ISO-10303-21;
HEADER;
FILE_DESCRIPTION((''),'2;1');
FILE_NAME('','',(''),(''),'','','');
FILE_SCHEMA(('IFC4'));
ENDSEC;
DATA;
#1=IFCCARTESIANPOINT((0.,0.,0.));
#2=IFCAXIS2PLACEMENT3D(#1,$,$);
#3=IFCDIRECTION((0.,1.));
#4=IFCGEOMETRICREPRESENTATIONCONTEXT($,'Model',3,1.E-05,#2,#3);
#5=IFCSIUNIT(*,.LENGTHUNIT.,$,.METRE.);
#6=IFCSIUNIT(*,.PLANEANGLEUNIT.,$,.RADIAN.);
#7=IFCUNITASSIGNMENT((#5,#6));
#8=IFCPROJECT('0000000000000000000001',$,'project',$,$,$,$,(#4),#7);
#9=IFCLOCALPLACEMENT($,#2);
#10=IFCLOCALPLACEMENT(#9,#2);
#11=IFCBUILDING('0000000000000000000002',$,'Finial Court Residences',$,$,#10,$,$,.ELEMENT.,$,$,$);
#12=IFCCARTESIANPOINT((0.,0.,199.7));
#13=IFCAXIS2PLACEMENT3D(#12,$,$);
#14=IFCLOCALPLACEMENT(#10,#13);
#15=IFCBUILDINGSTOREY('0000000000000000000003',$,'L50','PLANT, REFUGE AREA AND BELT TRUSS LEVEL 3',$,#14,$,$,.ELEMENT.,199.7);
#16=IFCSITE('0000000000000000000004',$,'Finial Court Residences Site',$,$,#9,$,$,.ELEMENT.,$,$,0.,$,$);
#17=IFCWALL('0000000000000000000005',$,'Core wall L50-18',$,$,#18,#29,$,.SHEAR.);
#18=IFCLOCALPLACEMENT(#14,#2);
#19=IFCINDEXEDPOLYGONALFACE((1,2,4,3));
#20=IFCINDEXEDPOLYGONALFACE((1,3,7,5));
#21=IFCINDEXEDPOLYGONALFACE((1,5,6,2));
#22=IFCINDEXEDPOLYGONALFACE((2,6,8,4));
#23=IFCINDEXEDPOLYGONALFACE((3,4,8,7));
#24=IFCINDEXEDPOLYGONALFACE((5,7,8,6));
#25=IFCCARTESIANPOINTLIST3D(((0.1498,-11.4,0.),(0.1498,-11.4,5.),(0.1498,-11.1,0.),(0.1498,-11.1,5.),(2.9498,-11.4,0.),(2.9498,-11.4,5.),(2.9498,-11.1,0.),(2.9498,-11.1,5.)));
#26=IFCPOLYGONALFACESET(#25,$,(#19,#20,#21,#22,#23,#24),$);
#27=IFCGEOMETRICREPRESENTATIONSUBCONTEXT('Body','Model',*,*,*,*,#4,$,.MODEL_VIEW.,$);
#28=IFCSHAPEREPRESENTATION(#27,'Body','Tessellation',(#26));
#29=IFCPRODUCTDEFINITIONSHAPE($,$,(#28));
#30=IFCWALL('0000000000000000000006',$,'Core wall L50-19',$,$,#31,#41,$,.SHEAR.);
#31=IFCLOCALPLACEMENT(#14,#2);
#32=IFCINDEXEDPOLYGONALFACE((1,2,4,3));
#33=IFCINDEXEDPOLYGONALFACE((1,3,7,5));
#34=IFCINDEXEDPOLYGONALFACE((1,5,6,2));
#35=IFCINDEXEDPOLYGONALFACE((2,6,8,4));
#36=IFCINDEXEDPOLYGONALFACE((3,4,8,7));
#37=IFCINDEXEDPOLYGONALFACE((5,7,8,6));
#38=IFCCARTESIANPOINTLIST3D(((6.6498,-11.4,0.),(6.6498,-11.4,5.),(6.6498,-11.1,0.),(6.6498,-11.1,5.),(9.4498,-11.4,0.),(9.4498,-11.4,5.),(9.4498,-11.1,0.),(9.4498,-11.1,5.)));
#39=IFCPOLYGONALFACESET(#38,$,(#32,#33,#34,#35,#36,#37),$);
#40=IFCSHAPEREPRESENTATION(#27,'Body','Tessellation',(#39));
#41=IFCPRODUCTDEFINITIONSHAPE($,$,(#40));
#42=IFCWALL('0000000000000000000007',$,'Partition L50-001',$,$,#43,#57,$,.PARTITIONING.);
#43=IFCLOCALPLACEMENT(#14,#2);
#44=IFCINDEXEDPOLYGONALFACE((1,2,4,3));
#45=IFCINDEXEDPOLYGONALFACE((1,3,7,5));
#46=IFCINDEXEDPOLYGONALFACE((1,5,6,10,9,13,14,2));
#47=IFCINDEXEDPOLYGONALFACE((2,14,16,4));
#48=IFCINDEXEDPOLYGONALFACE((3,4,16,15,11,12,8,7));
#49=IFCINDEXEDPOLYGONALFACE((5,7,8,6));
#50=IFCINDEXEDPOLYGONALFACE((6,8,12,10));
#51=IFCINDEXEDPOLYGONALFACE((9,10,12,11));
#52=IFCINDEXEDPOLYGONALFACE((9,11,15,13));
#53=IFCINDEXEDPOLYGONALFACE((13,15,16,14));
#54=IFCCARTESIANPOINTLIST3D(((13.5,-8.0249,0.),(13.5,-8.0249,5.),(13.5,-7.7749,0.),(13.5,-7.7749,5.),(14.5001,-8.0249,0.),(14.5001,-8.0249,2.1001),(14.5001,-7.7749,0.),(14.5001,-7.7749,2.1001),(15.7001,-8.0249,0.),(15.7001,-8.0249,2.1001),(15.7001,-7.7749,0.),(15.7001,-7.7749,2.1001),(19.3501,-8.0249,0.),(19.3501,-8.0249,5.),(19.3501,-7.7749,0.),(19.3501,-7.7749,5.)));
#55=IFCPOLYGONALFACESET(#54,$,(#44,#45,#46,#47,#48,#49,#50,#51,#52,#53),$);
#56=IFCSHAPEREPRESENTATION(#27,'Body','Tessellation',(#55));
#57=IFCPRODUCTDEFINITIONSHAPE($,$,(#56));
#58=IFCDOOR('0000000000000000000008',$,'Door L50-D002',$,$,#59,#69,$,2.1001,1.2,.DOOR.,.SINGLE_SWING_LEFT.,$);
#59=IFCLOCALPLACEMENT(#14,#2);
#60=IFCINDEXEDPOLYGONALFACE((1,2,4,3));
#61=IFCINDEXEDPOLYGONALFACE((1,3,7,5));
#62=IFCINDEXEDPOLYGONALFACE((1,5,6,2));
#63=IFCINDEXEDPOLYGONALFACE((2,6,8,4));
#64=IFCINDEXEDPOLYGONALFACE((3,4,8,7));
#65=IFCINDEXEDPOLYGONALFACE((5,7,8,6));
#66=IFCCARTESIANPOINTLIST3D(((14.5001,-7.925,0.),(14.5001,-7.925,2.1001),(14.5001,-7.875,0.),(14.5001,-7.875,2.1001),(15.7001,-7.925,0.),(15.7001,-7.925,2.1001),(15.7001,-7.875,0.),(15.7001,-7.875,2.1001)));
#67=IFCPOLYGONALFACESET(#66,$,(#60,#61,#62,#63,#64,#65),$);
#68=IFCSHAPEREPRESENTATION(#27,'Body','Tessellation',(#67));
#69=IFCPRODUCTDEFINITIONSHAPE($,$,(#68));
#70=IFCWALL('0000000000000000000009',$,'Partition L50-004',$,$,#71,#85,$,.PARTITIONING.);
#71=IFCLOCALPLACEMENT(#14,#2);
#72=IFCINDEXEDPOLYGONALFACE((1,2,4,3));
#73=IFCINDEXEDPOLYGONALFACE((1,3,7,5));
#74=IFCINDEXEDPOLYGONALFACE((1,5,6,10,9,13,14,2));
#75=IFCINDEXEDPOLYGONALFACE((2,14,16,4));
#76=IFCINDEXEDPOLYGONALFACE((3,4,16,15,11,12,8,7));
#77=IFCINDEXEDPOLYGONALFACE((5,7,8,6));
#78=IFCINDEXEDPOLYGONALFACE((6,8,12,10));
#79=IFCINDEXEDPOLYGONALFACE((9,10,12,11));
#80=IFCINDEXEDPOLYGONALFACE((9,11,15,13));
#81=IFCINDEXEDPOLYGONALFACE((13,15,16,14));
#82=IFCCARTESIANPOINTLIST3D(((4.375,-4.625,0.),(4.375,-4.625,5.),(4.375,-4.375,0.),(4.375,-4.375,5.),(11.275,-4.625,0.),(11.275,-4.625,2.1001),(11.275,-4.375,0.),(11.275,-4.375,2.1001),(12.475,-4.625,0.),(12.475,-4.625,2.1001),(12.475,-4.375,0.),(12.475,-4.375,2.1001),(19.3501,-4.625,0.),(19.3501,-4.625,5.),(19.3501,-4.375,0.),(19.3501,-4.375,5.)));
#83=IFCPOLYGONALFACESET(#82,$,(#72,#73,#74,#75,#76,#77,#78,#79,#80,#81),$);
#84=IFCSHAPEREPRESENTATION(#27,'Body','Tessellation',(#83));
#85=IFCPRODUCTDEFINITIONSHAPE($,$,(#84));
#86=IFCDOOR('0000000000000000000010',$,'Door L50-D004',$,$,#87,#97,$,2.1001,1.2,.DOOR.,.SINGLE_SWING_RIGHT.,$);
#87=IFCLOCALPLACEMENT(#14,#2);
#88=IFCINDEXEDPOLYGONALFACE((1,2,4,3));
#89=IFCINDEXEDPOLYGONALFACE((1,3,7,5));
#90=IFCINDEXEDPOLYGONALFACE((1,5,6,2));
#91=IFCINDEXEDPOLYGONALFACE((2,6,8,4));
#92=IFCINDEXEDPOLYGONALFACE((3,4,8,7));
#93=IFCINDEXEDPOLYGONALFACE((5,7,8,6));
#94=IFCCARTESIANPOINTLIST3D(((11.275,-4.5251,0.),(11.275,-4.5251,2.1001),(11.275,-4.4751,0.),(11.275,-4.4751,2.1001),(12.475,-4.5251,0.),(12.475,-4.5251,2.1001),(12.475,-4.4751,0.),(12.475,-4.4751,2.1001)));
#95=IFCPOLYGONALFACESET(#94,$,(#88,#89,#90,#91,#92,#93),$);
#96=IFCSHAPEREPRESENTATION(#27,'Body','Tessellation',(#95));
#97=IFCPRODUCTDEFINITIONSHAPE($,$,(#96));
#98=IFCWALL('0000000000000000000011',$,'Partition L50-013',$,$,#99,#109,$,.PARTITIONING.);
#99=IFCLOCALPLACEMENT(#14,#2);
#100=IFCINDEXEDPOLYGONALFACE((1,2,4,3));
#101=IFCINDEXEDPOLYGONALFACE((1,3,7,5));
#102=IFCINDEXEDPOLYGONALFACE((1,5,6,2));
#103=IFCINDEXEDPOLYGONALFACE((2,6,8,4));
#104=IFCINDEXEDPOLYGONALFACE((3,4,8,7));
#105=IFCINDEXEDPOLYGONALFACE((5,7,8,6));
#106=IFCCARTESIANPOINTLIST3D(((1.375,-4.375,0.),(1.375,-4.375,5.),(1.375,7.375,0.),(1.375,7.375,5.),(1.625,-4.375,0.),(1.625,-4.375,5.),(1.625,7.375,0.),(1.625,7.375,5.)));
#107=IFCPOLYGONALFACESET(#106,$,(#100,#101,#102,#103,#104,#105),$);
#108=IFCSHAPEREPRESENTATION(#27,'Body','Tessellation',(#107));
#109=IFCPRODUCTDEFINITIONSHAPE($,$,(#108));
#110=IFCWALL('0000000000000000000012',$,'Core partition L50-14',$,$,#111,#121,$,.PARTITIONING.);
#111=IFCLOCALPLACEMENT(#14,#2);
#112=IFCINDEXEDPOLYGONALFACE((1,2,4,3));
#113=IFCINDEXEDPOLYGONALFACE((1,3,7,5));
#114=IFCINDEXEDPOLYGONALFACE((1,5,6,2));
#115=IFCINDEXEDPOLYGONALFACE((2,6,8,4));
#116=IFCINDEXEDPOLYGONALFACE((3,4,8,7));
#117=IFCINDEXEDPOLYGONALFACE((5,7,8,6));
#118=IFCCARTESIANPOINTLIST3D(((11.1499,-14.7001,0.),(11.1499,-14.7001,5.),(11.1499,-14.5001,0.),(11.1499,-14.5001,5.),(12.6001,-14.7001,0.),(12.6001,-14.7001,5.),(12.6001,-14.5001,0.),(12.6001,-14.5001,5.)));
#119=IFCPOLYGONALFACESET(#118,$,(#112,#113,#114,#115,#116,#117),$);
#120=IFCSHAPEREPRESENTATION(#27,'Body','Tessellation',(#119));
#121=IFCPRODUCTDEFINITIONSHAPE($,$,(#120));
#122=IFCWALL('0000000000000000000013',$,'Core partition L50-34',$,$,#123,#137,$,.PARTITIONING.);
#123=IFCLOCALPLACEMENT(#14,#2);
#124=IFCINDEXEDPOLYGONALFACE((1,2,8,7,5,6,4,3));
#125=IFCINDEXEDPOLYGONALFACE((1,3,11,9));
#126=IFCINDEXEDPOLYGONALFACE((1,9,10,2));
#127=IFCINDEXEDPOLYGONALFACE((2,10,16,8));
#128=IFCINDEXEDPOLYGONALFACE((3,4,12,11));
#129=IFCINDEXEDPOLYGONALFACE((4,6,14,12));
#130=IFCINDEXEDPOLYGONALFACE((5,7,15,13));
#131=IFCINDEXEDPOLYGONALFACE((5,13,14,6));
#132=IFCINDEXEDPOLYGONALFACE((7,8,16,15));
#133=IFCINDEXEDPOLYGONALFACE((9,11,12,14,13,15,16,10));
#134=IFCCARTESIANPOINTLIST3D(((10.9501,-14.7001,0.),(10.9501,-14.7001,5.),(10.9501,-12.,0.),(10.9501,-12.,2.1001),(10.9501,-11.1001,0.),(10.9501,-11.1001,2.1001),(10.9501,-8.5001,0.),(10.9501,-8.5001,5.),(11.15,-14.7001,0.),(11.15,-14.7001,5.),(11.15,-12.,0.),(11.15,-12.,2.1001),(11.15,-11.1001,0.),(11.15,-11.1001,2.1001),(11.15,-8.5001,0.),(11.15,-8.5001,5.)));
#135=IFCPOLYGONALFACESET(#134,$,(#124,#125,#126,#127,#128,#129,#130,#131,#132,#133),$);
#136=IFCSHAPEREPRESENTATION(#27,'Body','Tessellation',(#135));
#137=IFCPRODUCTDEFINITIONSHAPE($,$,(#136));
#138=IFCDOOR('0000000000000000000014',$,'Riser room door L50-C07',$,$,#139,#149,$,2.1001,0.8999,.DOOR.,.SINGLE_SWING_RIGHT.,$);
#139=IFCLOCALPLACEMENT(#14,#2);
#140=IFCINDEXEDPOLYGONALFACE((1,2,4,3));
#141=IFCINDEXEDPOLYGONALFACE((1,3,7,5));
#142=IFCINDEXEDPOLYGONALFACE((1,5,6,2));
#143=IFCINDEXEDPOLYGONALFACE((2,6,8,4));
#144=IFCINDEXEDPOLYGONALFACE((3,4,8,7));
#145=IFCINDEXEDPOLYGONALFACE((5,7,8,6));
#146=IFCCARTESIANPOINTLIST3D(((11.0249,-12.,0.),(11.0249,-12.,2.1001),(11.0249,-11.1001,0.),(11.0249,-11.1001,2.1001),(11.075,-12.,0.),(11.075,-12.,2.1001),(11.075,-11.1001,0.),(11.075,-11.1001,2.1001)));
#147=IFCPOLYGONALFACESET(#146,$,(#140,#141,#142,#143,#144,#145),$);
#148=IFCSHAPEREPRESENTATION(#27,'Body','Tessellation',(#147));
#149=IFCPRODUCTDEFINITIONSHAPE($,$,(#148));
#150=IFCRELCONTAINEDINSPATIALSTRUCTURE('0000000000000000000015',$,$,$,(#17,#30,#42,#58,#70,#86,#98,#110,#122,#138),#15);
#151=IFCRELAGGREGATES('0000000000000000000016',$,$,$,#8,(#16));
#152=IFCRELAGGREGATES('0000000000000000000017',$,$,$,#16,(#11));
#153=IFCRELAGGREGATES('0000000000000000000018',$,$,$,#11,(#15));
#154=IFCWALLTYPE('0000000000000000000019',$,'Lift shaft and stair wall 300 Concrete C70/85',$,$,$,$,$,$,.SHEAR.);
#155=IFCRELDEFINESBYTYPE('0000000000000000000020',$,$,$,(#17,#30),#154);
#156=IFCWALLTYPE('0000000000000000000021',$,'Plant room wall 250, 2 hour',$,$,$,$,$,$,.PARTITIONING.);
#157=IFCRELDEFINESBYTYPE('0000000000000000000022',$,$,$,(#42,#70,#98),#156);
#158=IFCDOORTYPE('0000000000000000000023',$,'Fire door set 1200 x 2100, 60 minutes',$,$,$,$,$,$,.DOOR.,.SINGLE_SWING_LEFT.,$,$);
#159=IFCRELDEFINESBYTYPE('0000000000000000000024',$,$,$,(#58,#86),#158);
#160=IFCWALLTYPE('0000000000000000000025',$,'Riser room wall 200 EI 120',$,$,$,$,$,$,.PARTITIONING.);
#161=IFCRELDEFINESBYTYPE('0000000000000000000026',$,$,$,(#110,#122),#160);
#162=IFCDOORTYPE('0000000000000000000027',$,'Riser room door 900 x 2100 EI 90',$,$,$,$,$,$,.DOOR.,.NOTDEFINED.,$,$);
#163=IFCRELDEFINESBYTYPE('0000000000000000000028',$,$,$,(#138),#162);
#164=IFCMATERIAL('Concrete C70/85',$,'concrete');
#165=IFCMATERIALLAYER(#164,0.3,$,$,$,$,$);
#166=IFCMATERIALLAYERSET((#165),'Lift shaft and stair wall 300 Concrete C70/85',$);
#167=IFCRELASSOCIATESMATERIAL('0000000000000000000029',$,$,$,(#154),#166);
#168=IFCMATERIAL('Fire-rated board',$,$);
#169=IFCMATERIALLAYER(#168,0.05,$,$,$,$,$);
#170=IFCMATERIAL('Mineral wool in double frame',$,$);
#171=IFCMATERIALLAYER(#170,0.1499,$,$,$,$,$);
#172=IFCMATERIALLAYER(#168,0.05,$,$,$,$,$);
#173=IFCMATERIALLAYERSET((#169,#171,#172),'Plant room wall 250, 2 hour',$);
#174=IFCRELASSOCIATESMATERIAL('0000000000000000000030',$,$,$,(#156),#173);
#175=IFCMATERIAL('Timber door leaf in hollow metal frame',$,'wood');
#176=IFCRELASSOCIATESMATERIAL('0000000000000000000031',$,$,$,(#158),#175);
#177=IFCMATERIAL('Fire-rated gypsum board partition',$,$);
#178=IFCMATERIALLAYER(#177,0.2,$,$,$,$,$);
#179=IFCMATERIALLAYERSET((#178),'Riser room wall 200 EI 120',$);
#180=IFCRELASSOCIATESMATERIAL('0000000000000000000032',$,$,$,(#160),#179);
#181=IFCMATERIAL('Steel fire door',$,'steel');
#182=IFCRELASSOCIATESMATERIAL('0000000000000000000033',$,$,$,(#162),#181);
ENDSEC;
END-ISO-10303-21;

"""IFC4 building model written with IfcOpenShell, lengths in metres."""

from ifc_helpers import new_model, si_unit, direction, frame, frame_2d, origin, place, context, subcontext, project, spatial, rectangle, extrude, material, layer, layer_set, type_object, element, fill, save


model = new_model("IFC4")

# Units and contexts
model_context = context("Model", 3, precision=1e-05, world=origin(), true_north=direction((0.0, 1.0)))
body_context = subcontext(model_context, "Body", "Model", "MODEL_VIEW")
ifc_project = project(units=[si_unit("LENGTHUNIT", "METRE"), si_unit("PLANEANGLEUNIT", "RADIAN")], contexts=[model_context])

# Site, building, storey
site_placement = place(None, origin())
site = spatial("IfcSite", under=ifc_project, at=site_placement, Name="Finial Court Residences Site", CompositionType="ELEMENT", RefElevation=0.0)
building_placement = place(site_placement, origin())
building = spatial("IfcBuilding", under=site, at=building_placement, Name="Finial Court Residences", CompositionType="ELEMENT")
storey_placement = place(building_placement, frame((0.0, 0.0, 199.7)))
storey = spatial("IfcBuildingStorey", under=building, at=storey_placement, Name="L50", Description="PLANT, REFUGE AREA AND BELT TRUSS LEVEL 3", CompositionType="ELEMENT", Elevation=199.7)

# Walls
ifc_material_1 = material(Name="Concrete C70/85", Category="concrete")
ifc_layer_1 = layer(ifc_material_1, 0.3)
ifc_layer_set_1 = layer_set([ifc_layer_1], Name="Lift shaft and stair wall 300 Concrete C70/85")
wall_type_1 = type_object("IfcWallType", Name="Lift shaft and stair wall 300 Concrete C70/85", PredefinedType="SHEAR", material=ifc_layer_set_1)
for number, where, z_axis, x_axis, name in (
    (1, (0.1499, -11.25, 0.0), (0.0, 0.0, 1.0), (1.0, 0.0, 0.0), "Core wall L50-18"),
    (2, (6.6499, -11.25, 0.0), (0.0, 0.0, 1.0), (1.0, 0.0, 0.0), "Core wall L50-19"),
):
    element("IfcWall", number, at=place(storey_placement, frame(where, z_axis=z_axis, x_axis=x_axis)), inside=storey, type_object=wall_type_1, Name=name, PredefinedType="SHEAR", context=body_context, shape_type="SweptSolid", body=[
        extrude(rectangle(XDim=2.8, YDim=0.3, at=frame_2d((1.3999, 0.0))), origin(), (0.0, 0.0, 1.0), 5.0),
    ])

# Walls, openings, doors
ifc_material_2 = material(Name="Fire-rated board")
ifc_layer_2 = layer(ifc_material_2, 0.05)
ifc_material_3 = material(Name="Mineral wool in double frame")
ifc_layer_3 = layer(ifc_material_3, 0.1499)
ifc_layer_4 = layer(ifc_material_2, 0.05)
ifc_layer_set_2 = layer_set([ifc_layer_2, ifc_layer_3, ifc_layer_4], Name="Plant room wall 250, 2 hour")
wall_type_2 = type_object("IfcWallType", Name="Plant room wall 250, 2 hour", PredefinedType="PARTITIONING", material=ifc_layer_set_2)
wall_1_placement = place(storey_placement, frame((13.5, -7.8999, 0.0), z_axis=(0.0, 0.0, 1.0), x_axis=(1.0, 0.0, 0.0)))
wall_1 = element("IfcWall", 3, at=wall_1_placement, inside=storey, type_object=wall_type_2, Name="Partition L50-001", PredefinedType="PARTITIONING", context=body_context, shape_type="SweptSolid", body=[
    extrude(rectangle(XDim=5.8501, YDim=0.25, at=frame_2d((2.925, 0.0))), origin(), (0.0, 0.0, 1.0), 5.0),
])
opening_1_placement = place(wall_1_placement, frame((1.0, 0.0, 0.0)))
opening_1 = element("IfcOpeningElement", 4, at=opening_1_placement, cuts=wall_1, PredefinedType="OPENING", context=body_context, shape_type="SweptSolid", body=[
    extrude(rectangle(XDim=1.2, YDim=2.1001, at=frame_2d((0.6001, 1.05))), frame((0.0, 0.135, 0.0), z_axis=(0.0, -1.0, 0.0), x_axis=(1.0, 0.0, 0.0)), (0.0, 0.0, 1.0), 0.27),
])
ifc_material_4 = material(Name="Timber door leaf in hollow metal frame", Category="wood")
door_type_1 = type_object("IfcDoorType", Name="Fire door set 1200 x 2100, 60 minutes", OperationType="SINGLE_SWING_LEFT", PredefinedType="DOOR", material=ifc_material_4)
door_1_placement = place(opening_1_placement, origin())
door_1 = element("IfcDoor", 5, at=door_1_placement, inside=storey, type_object=door_type_1, Name="Door L50-D002", OperationType="SINGLE_SWING_LEFT", OverallHeight=2.1001, OverallWidth=1.2, PredefinedType="DOOR", context=body_context, shape_type="SweptSolid", body=[
    extrude(rectangle(XDim=1.2, YDim=2.1001, at=frame_2d((0.6001, 1.05))), frame((0.0, 0.0249, 0.0), z_axis=(0.0, -1.0, 0.0), x_axis=(1.0, 0.0, 0.0)), (0.0, 0.0, 1.0), 0.05),
])
fill(opening_1, door_1)
wall_2_placement = place(storey_placement, frame((4.375, -4.5, 0.0), z_axis=(0.0, 0.0, 1.0), x_axis=(1.0, 0.0, 0.0)))
wall_2 = element("IfcWall", 6, at=wall_2_placement, inside=storey, type_object=wall_type_2, Name="Partition L50-004", PredefinedType="PARTITIONING", context=body_context, shape_type="SweptSolid", body=[
    extrude(rectangle(XDim=14.9751, YDim=0.25, at=frame_2d((7.4875, 0.0))), origin(), (0.0, 0.0, 1.0), 5.0),
])
opening_2_placement = place(wall_2_placement, frame((6.8999, 0.0, 0.0)))
opening_2 = element("IfcOpeningElement", 7, at=opening_2_placement, cuts=wall_2, PredefinedType="OPENING", context=body_context, shape_type="SweptSolid", body=[
    extrude(rectangle(XDim=1.2, YDim=2.1001, at=frame_2d((0.6001, 1.05))), frame((0.0, 0.135, 0.0), z_axis=(0.0, -1.0, 0.0), x_axis=(1.0, 0.0, 0.0)), (0.0, 0.0, 1.0), 0.27),
])
door_2_placement = place(opening_2_placement, origin())
door_2 = element("IfcDoor", 8, at=door_2_placement, inside=storey, type_object=door_type_1, Name="Door L50-D004", OperationType="SINGLE_SWING_RIGHT", OverallHeight=2.1001, OverallWidth=1.2, PredefinedType="DOOR", context=body_context, shape_type="SweptSolid", body=[
    extrude(rectangle(XDim=1.2, YDim=2.1001, at=frame_2d((0.6001, 1.05))), frame((0.0, 0.0249, 0.0), z_axis=(0.0, -1.0, 0.0), x_axis=(1.0, 0.0, 0.0)), (0.0, 0.0, 1.0), 0.05),
])
fill(opening_2, door_2)

# Walls
wall_3_placement = place(storey_placement, frame((1.5, -4.375, 0.0), z_axis=(0.0, 0.0, 1.0), x_axis=(0.0, 1.0, 0.0)))
element("IfcWall", 9, at=wall_3_placement, inside=storey, type_object=wall_type_2, Name="Partition L50-013", PredefinedType="PARTITIONING", context=body_context, shape_type="SweptSolid", body=[
    extrude(rectangle(XDim=11.75, YDim=0.25, at=frame_2d((5.875, 0.0))), origin(), (0.0, 0.0, 1.0), 5.0),
])
ifc_material_5 = material(Name="Fire-rated gypsum board partition")
ifc_layer_5 = layer(ifc_material_5, 0.2)
ifc_layer_set_3 = layer_set([ifc_layer_5], Name="Riser room wall 200 EI 120")
wall_type_3 = type_object("IfcWallType", Name="Riser room wall 200 EI 120", PredefinedType="PARTITIONING", material=ifc_layer_set_3)
wall_4_placement = place(storey_placement, frame((11.1499, -14.6001, 0.0), z_axis=(0.0, 0.0, 1.0), x_axis=(1.0, 0.0, 0.0)))
element("IfcWall", 10, at=wall_4_placement, inside=storey, type_object=wall_type_3, Name="Core partition L50-14", PredefinedType="PARTITIONING", context=body_context, shape_type="SweptSolid", body=[
    extrude(rectangle(XDim=1.4502, YDim=0.2, at=frame_2d((0.7251, 0.0))), origin(), (0.0, 0.0, 1.0), 5.0),
])

# Wall, opening, door
wall_5_placement = place(storey_placement, frame((11.05, -8.5, 0.0), z_axis=(0.0, 0.0, 1.0), x_axis=(0.0, -1.0, 0.0)))
wall_5 = element("IfcWall", 11, at=wall_5_placement, inside=storey, type_object=wall_type_3, Name="Core partition L50-34", PredefinedType="PARTITIONING", context=body_context, shape_type="SweptSolid", body=[
    extrude(rectangle(XDim=6.2, YDim=0.2, at=frame_2d((3.1001, 0.0))), origin(), (0.0, 0.0, 1.0), 5.0),
])
opening_3_placement = place(wall_5_placement, frame((2.6001, 0.0, 0.0)))
opening_3 = element("IfcOpeningElement", 12, at=opening_3_placement, cuts=wall_5, PredefinedType="OPENING", context=body_context, shape_type="SweptSolid", body=[
    extrude(rectangle(XDim=0.8999, YDim=2.1001, at=frame_2d((0.45, 1.05))), frame((0.0, 0.1099, 0.0), z_axis=(0.0, -1.0, 0.0), x_axis=(1.0, 0.0, 0.0)), (0.0, 0.0, 1.0), 0.22),
])
ifc_material_6 = material(Name="Steel fire door", Category="steel")
door_type_2 = type_object("IfcDoorType", Name="Riser room door 900 x 2100 EI 90", OperationType="NOTDEFINED", PredefinedType="DOOR", material=ifc_material_6)
door_3_placement = place(opening_3_placement, origin())
door_3 = element("IfcDoor", 13, at=door_3_placement, inside=storey, type_object=door_type_2, Name="Riser room door L50-C07", OperationType="SINGLE_SWING_RIGHT", OverallHeight=2.1001, OverallWidth=0.8999, PredefinedType="DOOR", context=body_context, shape_type="SweptSolid", body=[
    extrude(rectangle(XDim=0.8999, YDim=2.1001, at=frame_2d((0.45, 1.05))), frame((0.0, 0.0249, 0.0), z_axis=(0.0, -1.0, 0.0), x_axis=(1.0, 0.0, 0.0)), (0.0, 0.0, 1.0), 0.05),
])
fill(opening_3, door_3)

save(model, "model.ifc")
